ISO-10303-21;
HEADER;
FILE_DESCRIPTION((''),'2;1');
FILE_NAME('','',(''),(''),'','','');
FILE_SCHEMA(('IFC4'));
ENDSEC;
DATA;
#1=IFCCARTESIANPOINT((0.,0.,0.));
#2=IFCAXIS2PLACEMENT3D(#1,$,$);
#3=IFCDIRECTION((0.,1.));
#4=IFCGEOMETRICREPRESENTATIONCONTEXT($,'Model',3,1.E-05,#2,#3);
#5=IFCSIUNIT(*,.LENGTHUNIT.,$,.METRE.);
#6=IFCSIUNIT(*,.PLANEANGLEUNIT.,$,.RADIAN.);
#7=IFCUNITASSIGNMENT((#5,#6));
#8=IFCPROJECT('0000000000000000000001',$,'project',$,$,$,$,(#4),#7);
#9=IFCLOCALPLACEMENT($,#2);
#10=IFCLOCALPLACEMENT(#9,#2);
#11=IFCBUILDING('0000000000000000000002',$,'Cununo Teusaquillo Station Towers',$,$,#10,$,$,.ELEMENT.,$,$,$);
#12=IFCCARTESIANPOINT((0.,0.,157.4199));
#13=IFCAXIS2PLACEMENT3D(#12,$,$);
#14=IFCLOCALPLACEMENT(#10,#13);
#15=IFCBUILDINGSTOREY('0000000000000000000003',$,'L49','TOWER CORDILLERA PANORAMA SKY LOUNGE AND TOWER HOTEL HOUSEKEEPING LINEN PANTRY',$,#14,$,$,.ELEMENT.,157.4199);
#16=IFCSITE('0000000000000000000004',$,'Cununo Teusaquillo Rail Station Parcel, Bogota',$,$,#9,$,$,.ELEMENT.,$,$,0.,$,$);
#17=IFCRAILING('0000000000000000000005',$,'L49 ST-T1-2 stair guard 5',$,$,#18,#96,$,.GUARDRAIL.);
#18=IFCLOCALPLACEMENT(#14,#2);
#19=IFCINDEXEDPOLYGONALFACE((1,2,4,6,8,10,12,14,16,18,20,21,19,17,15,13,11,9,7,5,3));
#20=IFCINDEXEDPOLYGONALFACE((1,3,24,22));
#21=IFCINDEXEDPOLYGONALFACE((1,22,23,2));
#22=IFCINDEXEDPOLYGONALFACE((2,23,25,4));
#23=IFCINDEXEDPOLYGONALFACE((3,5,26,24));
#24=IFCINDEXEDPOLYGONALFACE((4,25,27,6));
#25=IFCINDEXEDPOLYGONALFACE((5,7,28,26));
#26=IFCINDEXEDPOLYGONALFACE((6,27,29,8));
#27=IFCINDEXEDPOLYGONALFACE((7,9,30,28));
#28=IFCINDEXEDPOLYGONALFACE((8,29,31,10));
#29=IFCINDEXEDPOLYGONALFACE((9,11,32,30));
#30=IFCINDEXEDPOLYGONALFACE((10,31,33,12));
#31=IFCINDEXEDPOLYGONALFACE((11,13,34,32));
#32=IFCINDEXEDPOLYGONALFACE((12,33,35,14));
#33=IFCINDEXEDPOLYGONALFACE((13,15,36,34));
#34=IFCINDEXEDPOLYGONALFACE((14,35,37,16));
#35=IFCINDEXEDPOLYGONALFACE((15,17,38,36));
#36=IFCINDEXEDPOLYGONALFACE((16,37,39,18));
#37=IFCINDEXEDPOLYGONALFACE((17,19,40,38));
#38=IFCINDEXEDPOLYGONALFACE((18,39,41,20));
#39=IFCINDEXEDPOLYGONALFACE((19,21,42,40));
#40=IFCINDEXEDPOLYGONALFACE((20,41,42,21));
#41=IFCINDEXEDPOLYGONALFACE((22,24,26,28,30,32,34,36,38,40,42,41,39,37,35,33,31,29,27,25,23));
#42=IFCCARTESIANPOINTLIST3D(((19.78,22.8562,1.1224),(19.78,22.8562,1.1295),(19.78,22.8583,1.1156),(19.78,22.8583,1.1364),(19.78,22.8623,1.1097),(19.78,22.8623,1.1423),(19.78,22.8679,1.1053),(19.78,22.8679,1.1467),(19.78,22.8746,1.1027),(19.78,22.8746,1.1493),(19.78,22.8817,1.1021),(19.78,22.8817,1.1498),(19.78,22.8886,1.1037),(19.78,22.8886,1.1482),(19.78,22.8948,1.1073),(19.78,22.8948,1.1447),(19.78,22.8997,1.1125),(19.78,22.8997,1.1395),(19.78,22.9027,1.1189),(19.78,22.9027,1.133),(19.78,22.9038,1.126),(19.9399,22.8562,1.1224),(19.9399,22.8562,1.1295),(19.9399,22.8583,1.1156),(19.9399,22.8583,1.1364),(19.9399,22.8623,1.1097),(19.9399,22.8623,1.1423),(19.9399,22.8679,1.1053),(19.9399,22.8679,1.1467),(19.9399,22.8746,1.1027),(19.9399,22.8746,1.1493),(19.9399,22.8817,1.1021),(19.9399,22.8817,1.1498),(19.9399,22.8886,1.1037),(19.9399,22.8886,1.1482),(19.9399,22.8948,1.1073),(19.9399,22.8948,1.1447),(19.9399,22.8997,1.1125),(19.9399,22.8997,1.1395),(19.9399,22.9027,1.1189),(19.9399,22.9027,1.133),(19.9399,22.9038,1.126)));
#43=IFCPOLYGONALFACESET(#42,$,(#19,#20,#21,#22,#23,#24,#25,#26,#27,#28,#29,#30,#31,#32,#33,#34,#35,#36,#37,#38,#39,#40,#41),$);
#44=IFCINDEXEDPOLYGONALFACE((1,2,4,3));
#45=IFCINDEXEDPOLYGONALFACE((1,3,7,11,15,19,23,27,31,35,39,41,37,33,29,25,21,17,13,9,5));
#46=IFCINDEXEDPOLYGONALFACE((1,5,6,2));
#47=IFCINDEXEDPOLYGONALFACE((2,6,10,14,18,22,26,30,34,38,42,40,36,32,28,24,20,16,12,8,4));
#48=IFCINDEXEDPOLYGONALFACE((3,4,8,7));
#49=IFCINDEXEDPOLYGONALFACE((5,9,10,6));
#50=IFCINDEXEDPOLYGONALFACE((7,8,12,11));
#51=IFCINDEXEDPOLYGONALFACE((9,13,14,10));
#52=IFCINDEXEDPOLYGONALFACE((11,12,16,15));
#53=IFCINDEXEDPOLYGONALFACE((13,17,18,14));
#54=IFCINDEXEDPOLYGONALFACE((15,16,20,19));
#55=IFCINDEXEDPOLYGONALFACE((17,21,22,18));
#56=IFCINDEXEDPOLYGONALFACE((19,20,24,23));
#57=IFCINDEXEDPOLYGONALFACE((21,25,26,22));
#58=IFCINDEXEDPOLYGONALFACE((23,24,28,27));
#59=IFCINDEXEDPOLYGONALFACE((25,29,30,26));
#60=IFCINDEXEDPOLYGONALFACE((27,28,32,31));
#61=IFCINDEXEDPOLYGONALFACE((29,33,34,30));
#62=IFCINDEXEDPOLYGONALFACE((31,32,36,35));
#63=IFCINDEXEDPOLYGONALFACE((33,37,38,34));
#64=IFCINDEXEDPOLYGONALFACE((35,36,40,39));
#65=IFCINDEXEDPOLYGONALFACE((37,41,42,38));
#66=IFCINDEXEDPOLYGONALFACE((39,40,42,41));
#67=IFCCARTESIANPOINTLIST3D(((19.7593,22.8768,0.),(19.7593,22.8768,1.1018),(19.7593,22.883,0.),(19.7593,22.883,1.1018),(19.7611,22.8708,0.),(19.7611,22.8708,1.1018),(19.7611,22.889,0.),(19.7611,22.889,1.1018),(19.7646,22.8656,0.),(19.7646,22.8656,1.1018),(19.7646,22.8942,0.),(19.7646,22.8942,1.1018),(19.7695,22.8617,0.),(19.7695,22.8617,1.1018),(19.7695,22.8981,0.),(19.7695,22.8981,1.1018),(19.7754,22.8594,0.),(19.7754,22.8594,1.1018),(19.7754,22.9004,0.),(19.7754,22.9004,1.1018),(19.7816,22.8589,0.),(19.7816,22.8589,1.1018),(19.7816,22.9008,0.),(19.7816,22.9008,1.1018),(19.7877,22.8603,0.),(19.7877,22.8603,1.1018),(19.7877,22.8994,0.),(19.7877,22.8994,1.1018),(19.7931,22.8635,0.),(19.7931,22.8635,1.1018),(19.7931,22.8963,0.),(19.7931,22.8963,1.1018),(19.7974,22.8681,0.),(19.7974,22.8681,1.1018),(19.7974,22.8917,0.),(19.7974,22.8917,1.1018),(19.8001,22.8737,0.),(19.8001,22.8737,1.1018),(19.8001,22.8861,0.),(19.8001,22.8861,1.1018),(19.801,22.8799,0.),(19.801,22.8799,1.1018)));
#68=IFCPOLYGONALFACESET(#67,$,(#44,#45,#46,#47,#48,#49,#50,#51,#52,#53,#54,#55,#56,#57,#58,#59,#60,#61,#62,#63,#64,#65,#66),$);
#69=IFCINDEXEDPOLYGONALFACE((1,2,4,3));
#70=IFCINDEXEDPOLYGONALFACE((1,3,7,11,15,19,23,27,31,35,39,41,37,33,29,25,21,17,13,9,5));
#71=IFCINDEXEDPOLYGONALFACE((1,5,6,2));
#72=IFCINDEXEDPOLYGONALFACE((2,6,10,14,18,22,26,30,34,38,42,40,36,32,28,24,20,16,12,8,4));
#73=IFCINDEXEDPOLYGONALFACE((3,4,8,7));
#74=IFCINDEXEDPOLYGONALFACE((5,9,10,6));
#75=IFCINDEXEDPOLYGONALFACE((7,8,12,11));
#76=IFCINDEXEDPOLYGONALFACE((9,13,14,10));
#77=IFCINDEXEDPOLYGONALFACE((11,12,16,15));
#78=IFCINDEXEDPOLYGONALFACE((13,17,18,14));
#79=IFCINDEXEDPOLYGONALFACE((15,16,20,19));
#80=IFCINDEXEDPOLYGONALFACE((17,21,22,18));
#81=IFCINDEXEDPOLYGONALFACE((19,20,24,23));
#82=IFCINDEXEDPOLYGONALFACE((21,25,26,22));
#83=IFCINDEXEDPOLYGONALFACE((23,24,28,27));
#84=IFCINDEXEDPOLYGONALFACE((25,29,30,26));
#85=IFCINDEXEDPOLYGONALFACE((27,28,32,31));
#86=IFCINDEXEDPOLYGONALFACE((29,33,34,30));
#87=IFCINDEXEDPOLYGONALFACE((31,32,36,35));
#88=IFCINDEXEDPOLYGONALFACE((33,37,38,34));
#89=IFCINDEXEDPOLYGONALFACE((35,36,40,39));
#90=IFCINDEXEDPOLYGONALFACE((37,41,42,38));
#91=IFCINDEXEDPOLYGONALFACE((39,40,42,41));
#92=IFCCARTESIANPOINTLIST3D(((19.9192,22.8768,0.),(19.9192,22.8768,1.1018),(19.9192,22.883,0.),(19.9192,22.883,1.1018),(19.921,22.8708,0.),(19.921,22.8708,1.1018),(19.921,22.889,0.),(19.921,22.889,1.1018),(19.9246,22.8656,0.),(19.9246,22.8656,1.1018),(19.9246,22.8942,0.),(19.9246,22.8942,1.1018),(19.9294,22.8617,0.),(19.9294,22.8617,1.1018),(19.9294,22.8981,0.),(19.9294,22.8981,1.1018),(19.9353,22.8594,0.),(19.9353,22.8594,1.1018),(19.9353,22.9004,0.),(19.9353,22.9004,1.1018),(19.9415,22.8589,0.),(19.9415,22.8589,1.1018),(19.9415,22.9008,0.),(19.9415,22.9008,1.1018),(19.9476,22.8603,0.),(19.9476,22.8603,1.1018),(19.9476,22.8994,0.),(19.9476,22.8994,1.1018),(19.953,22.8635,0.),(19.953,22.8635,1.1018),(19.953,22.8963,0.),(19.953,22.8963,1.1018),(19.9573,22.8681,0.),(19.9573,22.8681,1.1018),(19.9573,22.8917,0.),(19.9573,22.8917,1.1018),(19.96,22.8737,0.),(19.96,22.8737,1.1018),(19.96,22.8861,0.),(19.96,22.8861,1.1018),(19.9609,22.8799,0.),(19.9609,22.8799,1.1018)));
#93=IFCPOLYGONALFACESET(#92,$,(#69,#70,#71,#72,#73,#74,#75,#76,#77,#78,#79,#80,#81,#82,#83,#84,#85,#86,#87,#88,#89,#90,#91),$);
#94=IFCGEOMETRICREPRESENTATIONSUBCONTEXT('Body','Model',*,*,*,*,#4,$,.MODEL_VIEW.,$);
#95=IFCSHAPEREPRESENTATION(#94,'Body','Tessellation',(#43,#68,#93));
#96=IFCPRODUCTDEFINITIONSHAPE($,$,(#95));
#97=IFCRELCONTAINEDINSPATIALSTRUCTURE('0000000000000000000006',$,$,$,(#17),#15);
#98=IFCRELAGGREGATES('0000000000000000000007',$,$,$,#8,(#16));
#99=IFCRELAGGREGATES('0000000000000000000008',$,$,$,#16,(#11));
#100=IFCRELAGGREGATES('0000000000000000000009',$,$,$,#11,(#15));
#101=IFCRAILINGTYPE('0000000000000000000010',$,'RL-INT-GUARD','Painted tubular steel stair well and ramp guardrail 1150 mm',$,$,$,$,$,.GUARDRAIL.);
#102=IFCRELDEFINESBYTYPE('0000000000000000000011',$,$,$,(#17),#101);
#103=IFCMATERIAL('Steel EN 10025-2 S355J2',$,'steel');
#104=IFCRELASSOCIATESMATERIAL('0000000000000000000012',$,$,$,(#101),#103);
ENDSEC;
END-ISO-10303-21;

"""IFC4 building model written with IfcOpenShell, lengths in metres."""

from ifc_helpers import new_model, si_unit, direction, frame, origin, origin_2d, place, context, subcontext, project, spatial, circle, extrude, material, type_object, element, save


model = new_model("IFC4")

# Units and contexts
model_context = context("Model", 3, precision=1e-05, world=origin(), true_north=direction((0.0, 1.0)))
body_context = subcontext(model_context, "Body", "Model", "MODEL_VIEW")
ifc_project = project(units=[si_unit("LENGTHUNIT", "METRE"), si_unit("PLANEANGLEUNIT", "RADIAN")], contexts=[model_context])

# Site, building, storey
site_placement = place(None, origin())
site = spatial("IfcSite", under=ifc_project, at=site_placement, Name="Cununo Teusaquillo Rail Station Parcel, Bogota", CompositionType="ELEMENT", RefElevation=0.0)
building_placement = place(site_placement, origin())
building = spatial("IfcBuilding", under=site, at=building_placement, Name="Cununo Teusaquillo Station Towers", CompositionType="ELEMENT")
storey_placement = place(building_placement, frame((0.0, 0.0, 157.4199)))
storey = spatial("IfcBuildingStorey", under=building, at=storey_placement, Name="L49", Description="TOWER CORDILLERA PANORAMA SKY LOUNGE AND TOWER HOTEL HOUSEKEEPING LINEN PANTRY", CompositionType="ELEMENT", Elevation=157.4199)

# Railing
ifc_material_1 = material(Name="Steel EN 10025-2 S355J2", Category="steel")
railing_type_1 = type_object("IfcRailingType", Name="RL-INT-GUARD", Description="Painted tubular steel stair well and ramp guardrail 1150 mm", PredefinedType="GUARDRAIL", material=ifc_material_1)
railing_1_placement = place(storey_placement, frame((19.78, 22.8799, 0.0)))
element("IfcRailing", 1, at=railing_1_placement, inside=storey, type_object=railing_type_1, Name="L49 ST-T1-2 stair guard 5", PredefinedType="GUARDRAIL", context=body_context, shape_type="SweptSolid", body=[
    extrude(circle(Radius=0.0239, at=origin_2d()), frame((0.0, 0.0, 1.126), z_axis=(1.0, 0.0, 0.0), x_axis=(0.0, 1.0, 0.0)), (0.0, 0.0, 1.0), 0.1599),
    extrude(circle(Radius=0.021, at=origin_2d()), origin(), (0.0, 0.0, 1.0), 1.1018),
    extrude(circle(Radius=0.021, at=origin_2d()), frame((0.1599, 0.0, 0.0)), (0.0, 0.0, 1.0), 1.1018),
])

save(model, "model.ifc")
